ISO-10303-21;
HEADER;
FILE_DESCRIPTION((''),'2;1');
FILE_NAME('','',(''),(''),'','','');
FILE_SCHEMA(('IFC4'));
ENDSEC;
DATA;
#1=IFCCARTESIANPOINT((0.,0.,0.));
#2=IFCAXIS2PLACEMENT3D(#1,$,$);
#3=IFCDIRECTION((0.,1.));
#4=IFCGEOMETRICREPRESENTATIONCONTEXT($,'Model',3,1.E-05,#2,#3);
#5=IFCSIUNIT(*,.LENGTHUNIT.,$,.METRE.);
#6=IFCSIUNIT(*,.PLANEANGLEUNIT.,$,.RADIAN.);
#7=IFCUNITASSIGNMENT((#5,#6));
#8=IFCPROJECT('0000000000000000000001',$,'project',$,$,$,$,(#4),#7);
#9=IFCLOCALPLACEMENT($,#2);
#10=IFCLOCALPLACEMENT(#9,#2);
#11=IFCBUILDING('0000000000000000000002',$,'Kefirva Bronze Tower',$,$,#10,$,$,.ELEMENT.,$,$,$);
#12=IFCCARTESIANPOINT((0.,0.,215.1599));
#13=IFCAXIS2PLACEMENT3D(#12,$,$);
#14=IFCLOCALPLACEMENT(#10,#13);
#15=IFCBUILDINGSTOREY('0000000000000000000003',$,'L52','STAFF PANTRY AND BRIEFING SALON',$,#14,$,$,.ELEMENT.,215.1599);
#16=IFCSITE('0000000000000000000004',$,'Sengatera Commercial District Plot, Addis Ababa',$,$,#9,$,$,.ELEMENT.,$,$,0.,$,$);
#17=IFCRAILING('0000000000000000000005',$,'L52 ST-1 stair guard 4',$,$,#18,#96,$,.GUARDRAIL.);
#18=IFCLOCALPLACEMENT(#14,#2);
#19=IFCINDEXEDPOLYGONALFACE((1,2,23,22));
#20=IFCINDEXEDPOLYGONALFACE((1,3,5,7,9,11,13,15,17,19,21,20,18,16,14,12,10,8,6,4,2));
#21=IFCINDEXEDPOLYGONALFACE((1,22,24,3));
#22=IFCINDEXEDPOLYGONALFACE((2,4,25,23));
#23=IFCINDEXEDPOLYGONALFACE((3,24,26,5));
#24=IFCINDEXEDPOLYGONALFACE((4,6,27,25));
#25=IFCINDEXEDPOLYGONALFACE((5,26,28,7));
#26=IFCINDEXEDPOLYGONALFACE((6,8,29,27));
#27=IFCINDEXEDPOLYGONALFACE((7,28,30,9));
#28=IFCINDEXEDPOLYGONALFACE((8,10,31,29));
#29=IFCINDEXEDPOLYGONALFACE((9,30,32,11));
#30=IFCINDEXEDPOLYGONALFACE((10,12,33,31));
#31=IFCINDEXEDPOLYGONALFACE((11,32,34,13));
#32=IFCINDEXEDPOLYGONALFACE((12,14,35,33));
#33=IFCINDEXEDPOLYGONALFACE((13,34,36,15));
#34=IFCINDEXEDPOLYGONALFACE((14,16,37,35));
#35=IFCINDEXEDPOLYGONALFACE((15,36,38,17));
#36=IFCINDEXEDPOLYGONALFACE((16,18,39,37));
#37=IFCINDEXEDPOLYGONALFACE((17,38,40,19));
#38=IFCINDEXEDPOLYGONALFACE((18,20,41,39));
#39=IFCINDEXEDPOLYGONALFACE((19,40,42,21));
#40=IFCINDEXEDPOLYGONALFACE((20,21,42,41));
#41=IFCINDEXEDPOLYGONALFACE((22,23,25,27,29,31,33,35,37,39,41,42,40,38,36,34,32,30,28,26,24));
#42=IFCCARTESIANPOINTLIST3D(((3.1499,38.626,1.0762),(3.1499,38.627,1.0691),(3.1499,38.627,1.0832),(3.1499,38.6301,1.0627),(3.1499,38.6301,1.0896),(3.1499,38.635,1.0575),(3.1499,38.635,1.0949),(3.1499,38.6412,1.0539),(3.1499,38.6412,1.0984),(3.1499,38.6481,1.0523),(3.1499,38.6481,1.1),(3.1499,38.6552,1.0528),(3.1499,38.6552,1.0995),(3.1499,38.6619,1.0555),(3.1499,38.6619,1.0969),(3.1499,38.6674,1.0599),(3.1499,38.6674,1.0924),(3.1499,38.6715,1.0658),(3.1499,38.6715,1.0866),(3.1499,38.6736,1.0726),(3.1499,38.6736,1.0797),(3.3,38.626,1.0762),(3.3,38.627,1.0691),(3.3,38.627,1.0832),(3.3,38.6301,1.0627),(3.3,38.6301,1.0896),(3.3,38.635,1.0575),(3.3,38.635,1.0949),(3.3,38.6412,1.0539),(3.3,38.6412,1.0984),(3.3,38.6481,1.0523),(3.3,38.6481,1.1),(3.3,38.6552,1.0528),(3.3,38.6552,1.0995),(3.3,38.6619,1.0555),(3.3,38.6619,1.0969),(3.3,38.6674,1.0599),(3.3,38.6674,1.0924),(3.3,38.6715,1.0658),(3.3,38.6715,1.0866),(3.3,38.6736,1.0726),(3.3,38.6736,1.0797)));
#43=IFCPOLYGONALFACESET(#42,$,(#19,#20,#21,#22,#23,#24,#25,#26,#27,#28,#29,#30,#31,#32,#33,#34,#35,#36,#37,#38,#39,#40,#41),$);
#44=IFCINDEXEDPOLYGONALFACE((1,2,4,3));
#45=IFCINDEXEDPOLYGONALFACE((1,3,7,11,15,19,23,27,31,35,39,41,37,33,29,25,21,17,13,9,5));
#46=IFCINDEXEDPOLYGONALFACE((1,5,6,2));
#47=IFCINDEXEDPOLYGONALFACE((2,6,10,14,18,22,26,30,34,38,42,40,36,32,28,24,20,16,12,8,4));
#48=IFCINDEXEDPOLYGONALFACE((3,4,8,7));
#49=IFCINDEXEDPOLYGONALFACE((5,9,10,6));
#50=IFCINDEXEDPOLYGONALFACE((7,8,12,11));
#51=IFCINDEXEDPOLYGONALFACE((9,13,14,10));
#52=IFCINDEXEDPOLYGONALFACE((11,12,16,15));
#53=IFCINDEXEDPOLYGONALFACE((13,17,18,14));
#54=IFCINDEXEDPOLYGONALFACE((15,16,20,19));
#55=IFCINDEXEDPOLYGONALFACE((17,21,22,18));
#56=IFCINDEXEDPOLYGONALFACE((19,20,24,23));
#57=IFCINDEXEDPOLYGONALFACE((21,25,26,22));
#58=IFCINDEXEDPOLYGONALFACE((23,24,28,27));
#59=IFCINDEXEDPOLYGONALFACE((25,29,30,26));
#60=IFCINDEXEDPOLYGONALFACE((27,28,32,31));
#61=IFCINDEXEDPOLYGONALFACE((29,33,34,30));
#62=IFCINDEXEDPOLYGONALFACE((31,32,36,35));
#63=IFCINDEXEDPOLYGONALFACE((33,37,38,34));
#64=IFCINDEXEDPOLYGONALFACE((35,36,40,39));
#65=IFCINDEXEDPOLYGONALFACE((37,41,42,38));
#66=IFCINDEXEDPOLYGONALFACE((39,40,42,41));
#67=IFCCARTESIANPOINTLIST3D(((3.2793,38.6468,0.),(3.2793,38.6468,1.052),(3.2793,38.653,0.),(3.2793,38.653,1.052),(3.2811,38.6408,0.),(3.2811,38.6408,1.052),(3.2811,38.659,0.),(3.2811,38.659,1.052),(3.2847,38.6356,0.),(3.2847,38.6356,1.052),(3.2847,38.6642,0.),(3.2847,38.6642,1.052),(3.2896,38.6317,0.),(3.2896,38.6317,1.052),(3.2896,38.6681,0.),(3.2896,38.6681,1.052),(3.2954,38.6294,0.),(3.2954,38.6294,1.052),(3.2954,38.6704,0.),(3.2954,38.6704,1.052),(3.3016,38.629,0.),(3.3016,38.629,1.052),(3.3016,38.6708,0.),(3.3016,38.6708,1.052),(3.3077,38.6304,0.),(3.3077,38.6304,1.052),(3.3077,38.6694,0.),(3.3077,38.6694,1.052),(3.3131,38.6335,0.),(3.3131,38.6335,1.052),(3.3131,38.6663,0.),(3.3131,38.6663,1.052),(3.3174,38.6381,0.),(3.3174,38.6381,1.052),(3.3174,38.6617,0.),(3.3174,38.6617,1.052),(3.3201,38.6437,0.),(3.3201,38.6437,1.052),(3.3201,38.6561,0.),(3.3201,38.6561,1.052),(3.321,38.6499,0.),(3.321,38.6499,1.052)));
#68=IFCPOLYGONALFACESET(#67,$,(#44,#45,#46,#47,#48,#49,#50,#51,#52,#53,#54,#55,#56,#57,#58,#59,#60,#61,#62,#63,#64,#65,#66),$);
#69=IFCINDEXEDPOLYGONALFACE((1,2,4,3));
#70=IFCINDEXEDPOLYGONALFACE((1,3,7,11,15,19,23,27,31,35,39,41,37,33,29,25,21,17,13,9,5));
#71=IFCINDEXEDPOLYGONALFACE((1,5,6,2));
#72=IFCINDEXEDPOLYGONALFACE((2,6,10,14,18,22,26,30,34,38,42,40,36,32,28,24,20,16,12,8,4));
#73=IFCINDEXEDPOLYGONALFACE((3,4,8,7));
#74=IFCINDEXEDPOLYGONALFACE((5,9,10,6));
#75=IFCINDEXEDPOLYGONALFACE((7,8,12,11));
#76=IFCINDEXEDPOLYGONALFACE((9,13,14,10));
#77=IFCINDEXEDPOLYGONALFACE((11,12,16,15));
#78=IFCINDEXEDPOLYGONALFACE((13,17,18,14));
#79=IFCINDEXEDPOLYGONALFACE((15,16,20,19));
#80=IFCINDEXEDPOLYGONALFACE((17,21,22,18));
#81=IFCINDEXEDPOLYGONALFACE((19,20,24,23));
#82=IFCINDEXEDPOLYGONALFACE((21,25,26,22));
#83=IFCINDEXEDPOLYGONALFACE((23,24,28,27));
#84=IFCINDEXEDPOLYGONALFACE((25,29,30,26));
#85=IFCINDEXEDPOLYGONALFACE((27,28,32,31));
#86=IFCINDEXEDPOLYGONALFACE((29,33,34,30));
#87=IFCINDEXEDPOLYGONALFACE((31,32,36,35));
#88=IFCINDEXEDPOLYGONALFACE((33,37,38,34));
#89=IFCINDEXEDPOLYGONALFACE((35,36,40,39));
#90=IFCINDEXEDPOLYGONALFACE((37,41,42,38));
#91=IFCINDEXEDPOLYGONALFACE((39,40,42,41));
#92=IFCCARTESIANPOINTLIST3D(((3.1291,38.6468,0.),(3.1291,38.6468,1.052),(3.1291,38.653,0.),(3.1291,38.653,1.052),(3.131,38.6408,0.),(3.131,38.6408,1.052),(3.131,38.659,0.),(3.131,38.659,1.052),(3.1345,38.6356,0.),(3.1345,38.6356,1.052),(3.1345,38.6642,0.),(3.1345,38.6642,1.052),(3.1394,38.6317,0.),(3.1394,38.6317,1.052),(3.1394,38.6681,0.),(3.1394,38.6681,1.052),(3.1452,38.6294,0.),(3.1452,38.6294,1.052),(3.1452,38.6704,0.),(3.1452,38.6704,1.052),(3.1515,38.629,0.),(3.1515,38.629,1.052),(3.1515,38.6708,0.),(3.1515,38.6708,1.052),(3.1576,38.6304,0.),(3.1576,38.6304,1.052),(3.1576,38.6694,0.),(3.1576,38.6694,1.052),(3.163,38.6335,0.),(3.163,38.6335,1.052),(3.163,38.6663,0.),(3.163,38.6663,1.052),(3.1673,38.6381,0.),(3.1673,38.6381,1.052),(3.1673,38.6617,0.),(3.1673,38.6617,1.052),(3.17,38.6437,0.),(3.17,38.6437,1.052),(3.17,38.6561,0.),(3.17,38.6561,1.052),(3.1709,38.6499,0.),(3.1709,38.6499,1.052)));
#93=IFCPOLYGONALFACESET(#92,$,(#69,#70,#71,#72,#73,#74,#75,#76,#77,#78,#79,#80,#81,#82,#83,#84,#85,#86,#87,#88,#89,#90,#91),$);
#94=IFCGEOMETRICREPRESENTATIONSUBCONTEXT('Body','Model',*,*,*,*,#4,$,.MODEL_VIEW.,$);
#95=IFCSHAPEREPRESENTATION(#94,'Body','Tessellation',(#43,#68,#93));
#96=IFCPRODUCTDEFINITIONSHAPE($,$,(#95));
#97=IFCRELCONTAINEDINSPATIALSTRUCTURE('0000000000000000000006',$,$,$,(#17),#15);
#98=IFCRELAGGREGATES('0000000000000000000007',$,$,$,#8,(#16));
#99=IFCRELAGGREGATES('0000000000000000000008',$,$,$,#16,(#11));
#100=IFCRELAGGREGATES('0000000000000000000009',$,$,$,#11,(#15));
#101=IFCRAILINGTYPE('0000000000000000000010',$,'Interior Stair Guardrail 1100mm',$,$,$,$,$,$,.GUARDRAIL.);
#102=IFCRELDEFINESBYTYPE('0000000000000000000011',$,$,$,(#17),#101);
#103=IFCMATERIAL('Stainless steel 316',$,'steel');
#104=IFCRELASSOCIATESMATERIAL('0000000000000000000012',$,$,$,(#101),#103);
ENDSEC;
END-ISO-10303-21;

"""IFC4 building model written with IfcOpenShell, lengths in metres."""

from ifc_helpers import new_model, si_unit, direction, frame, origin, origin_2d, place, context, subcontext, project, spatial, circle, extrude, material, type_object, element, save


model = new_model("IFC4")

# Units and contexts
model_context = context("Model", 3, precision=1e-05, world=origin(), true_north=direction((0.0, 1.0)))
body_context = subcontext(model_context, "Body", "Model", "MODEL_VIEW")
ifc_project = project(units=[si_unit("LENGTHUNIT", "METRE"), si_unit("PLANEANGLEUNIT", "RADIAN")], contexts=[model_context])

# Site, building, storey
site_placement = place(None, origin())
site = spatial("IfcSite", under=ifc_project, at=site_placement, Name="Sengatera Commercial District Plot, Addis Ababa", CompositionType="ELEMENT", RefElevation=0.0)
building_placement = place(site_placement, origin())
building = spatial("IfcBuilding", under=site, at=building_placement, Name="Kefirva Bronze Tower", CompositionType="ELEMENT")
storey_placement = place(building_placement, frame((0.0, 0.0, 215.1599)))
storey = spatial("IfcBuildingStorey", under=building, at=storey_placement, Name="L52", Description="STAFF PANTRY AND BRIEFING SALON", CompositionType="ELEMENT", Elevation=215.1599)

# Railing
ifc_material_1 = material(Name="Stainless steel 316", Category="steel")
railing_type_1 = type_object("IfcRailingType", Name="Interior Stair Guardrail 1100mm", PredefinedType="GUARDRAIL", material=ifc_material_1)
railing_1_placement = place(storey_placement, frame((3.3, 38.6499, 0.0)))
element("IfcRailing", 1, at=railing_1_placement, inside=storey, type_object=railing_type_1, Name="L52 ST-1 stair guard 4", PredefinedType="GUARDRAIL", context=body_context, shape_type="SweptSolid", body=[
    extrude(circle(Radius=0.0239, at=origin_2d()), frame((0.0, 0.0, 1.0762), z_axis=(-1.0, 0.0, 0.0), x_axis=(0.0, -1.0, 0.0)), (0.0, 0.0, 1.0), 0.1501),
    extrude(circle(Radius=0.021, at=origin_2d()), origin(), (0.0, 0.0, 1.0), 1.052),
    extrude(circle(Radius=0.021, at=origin_2d()), frame((-0.1501, 0.0, 0.0)), (0.0, 0.0, 1.0), 1.052),
])

save(model, "model.ifc")
